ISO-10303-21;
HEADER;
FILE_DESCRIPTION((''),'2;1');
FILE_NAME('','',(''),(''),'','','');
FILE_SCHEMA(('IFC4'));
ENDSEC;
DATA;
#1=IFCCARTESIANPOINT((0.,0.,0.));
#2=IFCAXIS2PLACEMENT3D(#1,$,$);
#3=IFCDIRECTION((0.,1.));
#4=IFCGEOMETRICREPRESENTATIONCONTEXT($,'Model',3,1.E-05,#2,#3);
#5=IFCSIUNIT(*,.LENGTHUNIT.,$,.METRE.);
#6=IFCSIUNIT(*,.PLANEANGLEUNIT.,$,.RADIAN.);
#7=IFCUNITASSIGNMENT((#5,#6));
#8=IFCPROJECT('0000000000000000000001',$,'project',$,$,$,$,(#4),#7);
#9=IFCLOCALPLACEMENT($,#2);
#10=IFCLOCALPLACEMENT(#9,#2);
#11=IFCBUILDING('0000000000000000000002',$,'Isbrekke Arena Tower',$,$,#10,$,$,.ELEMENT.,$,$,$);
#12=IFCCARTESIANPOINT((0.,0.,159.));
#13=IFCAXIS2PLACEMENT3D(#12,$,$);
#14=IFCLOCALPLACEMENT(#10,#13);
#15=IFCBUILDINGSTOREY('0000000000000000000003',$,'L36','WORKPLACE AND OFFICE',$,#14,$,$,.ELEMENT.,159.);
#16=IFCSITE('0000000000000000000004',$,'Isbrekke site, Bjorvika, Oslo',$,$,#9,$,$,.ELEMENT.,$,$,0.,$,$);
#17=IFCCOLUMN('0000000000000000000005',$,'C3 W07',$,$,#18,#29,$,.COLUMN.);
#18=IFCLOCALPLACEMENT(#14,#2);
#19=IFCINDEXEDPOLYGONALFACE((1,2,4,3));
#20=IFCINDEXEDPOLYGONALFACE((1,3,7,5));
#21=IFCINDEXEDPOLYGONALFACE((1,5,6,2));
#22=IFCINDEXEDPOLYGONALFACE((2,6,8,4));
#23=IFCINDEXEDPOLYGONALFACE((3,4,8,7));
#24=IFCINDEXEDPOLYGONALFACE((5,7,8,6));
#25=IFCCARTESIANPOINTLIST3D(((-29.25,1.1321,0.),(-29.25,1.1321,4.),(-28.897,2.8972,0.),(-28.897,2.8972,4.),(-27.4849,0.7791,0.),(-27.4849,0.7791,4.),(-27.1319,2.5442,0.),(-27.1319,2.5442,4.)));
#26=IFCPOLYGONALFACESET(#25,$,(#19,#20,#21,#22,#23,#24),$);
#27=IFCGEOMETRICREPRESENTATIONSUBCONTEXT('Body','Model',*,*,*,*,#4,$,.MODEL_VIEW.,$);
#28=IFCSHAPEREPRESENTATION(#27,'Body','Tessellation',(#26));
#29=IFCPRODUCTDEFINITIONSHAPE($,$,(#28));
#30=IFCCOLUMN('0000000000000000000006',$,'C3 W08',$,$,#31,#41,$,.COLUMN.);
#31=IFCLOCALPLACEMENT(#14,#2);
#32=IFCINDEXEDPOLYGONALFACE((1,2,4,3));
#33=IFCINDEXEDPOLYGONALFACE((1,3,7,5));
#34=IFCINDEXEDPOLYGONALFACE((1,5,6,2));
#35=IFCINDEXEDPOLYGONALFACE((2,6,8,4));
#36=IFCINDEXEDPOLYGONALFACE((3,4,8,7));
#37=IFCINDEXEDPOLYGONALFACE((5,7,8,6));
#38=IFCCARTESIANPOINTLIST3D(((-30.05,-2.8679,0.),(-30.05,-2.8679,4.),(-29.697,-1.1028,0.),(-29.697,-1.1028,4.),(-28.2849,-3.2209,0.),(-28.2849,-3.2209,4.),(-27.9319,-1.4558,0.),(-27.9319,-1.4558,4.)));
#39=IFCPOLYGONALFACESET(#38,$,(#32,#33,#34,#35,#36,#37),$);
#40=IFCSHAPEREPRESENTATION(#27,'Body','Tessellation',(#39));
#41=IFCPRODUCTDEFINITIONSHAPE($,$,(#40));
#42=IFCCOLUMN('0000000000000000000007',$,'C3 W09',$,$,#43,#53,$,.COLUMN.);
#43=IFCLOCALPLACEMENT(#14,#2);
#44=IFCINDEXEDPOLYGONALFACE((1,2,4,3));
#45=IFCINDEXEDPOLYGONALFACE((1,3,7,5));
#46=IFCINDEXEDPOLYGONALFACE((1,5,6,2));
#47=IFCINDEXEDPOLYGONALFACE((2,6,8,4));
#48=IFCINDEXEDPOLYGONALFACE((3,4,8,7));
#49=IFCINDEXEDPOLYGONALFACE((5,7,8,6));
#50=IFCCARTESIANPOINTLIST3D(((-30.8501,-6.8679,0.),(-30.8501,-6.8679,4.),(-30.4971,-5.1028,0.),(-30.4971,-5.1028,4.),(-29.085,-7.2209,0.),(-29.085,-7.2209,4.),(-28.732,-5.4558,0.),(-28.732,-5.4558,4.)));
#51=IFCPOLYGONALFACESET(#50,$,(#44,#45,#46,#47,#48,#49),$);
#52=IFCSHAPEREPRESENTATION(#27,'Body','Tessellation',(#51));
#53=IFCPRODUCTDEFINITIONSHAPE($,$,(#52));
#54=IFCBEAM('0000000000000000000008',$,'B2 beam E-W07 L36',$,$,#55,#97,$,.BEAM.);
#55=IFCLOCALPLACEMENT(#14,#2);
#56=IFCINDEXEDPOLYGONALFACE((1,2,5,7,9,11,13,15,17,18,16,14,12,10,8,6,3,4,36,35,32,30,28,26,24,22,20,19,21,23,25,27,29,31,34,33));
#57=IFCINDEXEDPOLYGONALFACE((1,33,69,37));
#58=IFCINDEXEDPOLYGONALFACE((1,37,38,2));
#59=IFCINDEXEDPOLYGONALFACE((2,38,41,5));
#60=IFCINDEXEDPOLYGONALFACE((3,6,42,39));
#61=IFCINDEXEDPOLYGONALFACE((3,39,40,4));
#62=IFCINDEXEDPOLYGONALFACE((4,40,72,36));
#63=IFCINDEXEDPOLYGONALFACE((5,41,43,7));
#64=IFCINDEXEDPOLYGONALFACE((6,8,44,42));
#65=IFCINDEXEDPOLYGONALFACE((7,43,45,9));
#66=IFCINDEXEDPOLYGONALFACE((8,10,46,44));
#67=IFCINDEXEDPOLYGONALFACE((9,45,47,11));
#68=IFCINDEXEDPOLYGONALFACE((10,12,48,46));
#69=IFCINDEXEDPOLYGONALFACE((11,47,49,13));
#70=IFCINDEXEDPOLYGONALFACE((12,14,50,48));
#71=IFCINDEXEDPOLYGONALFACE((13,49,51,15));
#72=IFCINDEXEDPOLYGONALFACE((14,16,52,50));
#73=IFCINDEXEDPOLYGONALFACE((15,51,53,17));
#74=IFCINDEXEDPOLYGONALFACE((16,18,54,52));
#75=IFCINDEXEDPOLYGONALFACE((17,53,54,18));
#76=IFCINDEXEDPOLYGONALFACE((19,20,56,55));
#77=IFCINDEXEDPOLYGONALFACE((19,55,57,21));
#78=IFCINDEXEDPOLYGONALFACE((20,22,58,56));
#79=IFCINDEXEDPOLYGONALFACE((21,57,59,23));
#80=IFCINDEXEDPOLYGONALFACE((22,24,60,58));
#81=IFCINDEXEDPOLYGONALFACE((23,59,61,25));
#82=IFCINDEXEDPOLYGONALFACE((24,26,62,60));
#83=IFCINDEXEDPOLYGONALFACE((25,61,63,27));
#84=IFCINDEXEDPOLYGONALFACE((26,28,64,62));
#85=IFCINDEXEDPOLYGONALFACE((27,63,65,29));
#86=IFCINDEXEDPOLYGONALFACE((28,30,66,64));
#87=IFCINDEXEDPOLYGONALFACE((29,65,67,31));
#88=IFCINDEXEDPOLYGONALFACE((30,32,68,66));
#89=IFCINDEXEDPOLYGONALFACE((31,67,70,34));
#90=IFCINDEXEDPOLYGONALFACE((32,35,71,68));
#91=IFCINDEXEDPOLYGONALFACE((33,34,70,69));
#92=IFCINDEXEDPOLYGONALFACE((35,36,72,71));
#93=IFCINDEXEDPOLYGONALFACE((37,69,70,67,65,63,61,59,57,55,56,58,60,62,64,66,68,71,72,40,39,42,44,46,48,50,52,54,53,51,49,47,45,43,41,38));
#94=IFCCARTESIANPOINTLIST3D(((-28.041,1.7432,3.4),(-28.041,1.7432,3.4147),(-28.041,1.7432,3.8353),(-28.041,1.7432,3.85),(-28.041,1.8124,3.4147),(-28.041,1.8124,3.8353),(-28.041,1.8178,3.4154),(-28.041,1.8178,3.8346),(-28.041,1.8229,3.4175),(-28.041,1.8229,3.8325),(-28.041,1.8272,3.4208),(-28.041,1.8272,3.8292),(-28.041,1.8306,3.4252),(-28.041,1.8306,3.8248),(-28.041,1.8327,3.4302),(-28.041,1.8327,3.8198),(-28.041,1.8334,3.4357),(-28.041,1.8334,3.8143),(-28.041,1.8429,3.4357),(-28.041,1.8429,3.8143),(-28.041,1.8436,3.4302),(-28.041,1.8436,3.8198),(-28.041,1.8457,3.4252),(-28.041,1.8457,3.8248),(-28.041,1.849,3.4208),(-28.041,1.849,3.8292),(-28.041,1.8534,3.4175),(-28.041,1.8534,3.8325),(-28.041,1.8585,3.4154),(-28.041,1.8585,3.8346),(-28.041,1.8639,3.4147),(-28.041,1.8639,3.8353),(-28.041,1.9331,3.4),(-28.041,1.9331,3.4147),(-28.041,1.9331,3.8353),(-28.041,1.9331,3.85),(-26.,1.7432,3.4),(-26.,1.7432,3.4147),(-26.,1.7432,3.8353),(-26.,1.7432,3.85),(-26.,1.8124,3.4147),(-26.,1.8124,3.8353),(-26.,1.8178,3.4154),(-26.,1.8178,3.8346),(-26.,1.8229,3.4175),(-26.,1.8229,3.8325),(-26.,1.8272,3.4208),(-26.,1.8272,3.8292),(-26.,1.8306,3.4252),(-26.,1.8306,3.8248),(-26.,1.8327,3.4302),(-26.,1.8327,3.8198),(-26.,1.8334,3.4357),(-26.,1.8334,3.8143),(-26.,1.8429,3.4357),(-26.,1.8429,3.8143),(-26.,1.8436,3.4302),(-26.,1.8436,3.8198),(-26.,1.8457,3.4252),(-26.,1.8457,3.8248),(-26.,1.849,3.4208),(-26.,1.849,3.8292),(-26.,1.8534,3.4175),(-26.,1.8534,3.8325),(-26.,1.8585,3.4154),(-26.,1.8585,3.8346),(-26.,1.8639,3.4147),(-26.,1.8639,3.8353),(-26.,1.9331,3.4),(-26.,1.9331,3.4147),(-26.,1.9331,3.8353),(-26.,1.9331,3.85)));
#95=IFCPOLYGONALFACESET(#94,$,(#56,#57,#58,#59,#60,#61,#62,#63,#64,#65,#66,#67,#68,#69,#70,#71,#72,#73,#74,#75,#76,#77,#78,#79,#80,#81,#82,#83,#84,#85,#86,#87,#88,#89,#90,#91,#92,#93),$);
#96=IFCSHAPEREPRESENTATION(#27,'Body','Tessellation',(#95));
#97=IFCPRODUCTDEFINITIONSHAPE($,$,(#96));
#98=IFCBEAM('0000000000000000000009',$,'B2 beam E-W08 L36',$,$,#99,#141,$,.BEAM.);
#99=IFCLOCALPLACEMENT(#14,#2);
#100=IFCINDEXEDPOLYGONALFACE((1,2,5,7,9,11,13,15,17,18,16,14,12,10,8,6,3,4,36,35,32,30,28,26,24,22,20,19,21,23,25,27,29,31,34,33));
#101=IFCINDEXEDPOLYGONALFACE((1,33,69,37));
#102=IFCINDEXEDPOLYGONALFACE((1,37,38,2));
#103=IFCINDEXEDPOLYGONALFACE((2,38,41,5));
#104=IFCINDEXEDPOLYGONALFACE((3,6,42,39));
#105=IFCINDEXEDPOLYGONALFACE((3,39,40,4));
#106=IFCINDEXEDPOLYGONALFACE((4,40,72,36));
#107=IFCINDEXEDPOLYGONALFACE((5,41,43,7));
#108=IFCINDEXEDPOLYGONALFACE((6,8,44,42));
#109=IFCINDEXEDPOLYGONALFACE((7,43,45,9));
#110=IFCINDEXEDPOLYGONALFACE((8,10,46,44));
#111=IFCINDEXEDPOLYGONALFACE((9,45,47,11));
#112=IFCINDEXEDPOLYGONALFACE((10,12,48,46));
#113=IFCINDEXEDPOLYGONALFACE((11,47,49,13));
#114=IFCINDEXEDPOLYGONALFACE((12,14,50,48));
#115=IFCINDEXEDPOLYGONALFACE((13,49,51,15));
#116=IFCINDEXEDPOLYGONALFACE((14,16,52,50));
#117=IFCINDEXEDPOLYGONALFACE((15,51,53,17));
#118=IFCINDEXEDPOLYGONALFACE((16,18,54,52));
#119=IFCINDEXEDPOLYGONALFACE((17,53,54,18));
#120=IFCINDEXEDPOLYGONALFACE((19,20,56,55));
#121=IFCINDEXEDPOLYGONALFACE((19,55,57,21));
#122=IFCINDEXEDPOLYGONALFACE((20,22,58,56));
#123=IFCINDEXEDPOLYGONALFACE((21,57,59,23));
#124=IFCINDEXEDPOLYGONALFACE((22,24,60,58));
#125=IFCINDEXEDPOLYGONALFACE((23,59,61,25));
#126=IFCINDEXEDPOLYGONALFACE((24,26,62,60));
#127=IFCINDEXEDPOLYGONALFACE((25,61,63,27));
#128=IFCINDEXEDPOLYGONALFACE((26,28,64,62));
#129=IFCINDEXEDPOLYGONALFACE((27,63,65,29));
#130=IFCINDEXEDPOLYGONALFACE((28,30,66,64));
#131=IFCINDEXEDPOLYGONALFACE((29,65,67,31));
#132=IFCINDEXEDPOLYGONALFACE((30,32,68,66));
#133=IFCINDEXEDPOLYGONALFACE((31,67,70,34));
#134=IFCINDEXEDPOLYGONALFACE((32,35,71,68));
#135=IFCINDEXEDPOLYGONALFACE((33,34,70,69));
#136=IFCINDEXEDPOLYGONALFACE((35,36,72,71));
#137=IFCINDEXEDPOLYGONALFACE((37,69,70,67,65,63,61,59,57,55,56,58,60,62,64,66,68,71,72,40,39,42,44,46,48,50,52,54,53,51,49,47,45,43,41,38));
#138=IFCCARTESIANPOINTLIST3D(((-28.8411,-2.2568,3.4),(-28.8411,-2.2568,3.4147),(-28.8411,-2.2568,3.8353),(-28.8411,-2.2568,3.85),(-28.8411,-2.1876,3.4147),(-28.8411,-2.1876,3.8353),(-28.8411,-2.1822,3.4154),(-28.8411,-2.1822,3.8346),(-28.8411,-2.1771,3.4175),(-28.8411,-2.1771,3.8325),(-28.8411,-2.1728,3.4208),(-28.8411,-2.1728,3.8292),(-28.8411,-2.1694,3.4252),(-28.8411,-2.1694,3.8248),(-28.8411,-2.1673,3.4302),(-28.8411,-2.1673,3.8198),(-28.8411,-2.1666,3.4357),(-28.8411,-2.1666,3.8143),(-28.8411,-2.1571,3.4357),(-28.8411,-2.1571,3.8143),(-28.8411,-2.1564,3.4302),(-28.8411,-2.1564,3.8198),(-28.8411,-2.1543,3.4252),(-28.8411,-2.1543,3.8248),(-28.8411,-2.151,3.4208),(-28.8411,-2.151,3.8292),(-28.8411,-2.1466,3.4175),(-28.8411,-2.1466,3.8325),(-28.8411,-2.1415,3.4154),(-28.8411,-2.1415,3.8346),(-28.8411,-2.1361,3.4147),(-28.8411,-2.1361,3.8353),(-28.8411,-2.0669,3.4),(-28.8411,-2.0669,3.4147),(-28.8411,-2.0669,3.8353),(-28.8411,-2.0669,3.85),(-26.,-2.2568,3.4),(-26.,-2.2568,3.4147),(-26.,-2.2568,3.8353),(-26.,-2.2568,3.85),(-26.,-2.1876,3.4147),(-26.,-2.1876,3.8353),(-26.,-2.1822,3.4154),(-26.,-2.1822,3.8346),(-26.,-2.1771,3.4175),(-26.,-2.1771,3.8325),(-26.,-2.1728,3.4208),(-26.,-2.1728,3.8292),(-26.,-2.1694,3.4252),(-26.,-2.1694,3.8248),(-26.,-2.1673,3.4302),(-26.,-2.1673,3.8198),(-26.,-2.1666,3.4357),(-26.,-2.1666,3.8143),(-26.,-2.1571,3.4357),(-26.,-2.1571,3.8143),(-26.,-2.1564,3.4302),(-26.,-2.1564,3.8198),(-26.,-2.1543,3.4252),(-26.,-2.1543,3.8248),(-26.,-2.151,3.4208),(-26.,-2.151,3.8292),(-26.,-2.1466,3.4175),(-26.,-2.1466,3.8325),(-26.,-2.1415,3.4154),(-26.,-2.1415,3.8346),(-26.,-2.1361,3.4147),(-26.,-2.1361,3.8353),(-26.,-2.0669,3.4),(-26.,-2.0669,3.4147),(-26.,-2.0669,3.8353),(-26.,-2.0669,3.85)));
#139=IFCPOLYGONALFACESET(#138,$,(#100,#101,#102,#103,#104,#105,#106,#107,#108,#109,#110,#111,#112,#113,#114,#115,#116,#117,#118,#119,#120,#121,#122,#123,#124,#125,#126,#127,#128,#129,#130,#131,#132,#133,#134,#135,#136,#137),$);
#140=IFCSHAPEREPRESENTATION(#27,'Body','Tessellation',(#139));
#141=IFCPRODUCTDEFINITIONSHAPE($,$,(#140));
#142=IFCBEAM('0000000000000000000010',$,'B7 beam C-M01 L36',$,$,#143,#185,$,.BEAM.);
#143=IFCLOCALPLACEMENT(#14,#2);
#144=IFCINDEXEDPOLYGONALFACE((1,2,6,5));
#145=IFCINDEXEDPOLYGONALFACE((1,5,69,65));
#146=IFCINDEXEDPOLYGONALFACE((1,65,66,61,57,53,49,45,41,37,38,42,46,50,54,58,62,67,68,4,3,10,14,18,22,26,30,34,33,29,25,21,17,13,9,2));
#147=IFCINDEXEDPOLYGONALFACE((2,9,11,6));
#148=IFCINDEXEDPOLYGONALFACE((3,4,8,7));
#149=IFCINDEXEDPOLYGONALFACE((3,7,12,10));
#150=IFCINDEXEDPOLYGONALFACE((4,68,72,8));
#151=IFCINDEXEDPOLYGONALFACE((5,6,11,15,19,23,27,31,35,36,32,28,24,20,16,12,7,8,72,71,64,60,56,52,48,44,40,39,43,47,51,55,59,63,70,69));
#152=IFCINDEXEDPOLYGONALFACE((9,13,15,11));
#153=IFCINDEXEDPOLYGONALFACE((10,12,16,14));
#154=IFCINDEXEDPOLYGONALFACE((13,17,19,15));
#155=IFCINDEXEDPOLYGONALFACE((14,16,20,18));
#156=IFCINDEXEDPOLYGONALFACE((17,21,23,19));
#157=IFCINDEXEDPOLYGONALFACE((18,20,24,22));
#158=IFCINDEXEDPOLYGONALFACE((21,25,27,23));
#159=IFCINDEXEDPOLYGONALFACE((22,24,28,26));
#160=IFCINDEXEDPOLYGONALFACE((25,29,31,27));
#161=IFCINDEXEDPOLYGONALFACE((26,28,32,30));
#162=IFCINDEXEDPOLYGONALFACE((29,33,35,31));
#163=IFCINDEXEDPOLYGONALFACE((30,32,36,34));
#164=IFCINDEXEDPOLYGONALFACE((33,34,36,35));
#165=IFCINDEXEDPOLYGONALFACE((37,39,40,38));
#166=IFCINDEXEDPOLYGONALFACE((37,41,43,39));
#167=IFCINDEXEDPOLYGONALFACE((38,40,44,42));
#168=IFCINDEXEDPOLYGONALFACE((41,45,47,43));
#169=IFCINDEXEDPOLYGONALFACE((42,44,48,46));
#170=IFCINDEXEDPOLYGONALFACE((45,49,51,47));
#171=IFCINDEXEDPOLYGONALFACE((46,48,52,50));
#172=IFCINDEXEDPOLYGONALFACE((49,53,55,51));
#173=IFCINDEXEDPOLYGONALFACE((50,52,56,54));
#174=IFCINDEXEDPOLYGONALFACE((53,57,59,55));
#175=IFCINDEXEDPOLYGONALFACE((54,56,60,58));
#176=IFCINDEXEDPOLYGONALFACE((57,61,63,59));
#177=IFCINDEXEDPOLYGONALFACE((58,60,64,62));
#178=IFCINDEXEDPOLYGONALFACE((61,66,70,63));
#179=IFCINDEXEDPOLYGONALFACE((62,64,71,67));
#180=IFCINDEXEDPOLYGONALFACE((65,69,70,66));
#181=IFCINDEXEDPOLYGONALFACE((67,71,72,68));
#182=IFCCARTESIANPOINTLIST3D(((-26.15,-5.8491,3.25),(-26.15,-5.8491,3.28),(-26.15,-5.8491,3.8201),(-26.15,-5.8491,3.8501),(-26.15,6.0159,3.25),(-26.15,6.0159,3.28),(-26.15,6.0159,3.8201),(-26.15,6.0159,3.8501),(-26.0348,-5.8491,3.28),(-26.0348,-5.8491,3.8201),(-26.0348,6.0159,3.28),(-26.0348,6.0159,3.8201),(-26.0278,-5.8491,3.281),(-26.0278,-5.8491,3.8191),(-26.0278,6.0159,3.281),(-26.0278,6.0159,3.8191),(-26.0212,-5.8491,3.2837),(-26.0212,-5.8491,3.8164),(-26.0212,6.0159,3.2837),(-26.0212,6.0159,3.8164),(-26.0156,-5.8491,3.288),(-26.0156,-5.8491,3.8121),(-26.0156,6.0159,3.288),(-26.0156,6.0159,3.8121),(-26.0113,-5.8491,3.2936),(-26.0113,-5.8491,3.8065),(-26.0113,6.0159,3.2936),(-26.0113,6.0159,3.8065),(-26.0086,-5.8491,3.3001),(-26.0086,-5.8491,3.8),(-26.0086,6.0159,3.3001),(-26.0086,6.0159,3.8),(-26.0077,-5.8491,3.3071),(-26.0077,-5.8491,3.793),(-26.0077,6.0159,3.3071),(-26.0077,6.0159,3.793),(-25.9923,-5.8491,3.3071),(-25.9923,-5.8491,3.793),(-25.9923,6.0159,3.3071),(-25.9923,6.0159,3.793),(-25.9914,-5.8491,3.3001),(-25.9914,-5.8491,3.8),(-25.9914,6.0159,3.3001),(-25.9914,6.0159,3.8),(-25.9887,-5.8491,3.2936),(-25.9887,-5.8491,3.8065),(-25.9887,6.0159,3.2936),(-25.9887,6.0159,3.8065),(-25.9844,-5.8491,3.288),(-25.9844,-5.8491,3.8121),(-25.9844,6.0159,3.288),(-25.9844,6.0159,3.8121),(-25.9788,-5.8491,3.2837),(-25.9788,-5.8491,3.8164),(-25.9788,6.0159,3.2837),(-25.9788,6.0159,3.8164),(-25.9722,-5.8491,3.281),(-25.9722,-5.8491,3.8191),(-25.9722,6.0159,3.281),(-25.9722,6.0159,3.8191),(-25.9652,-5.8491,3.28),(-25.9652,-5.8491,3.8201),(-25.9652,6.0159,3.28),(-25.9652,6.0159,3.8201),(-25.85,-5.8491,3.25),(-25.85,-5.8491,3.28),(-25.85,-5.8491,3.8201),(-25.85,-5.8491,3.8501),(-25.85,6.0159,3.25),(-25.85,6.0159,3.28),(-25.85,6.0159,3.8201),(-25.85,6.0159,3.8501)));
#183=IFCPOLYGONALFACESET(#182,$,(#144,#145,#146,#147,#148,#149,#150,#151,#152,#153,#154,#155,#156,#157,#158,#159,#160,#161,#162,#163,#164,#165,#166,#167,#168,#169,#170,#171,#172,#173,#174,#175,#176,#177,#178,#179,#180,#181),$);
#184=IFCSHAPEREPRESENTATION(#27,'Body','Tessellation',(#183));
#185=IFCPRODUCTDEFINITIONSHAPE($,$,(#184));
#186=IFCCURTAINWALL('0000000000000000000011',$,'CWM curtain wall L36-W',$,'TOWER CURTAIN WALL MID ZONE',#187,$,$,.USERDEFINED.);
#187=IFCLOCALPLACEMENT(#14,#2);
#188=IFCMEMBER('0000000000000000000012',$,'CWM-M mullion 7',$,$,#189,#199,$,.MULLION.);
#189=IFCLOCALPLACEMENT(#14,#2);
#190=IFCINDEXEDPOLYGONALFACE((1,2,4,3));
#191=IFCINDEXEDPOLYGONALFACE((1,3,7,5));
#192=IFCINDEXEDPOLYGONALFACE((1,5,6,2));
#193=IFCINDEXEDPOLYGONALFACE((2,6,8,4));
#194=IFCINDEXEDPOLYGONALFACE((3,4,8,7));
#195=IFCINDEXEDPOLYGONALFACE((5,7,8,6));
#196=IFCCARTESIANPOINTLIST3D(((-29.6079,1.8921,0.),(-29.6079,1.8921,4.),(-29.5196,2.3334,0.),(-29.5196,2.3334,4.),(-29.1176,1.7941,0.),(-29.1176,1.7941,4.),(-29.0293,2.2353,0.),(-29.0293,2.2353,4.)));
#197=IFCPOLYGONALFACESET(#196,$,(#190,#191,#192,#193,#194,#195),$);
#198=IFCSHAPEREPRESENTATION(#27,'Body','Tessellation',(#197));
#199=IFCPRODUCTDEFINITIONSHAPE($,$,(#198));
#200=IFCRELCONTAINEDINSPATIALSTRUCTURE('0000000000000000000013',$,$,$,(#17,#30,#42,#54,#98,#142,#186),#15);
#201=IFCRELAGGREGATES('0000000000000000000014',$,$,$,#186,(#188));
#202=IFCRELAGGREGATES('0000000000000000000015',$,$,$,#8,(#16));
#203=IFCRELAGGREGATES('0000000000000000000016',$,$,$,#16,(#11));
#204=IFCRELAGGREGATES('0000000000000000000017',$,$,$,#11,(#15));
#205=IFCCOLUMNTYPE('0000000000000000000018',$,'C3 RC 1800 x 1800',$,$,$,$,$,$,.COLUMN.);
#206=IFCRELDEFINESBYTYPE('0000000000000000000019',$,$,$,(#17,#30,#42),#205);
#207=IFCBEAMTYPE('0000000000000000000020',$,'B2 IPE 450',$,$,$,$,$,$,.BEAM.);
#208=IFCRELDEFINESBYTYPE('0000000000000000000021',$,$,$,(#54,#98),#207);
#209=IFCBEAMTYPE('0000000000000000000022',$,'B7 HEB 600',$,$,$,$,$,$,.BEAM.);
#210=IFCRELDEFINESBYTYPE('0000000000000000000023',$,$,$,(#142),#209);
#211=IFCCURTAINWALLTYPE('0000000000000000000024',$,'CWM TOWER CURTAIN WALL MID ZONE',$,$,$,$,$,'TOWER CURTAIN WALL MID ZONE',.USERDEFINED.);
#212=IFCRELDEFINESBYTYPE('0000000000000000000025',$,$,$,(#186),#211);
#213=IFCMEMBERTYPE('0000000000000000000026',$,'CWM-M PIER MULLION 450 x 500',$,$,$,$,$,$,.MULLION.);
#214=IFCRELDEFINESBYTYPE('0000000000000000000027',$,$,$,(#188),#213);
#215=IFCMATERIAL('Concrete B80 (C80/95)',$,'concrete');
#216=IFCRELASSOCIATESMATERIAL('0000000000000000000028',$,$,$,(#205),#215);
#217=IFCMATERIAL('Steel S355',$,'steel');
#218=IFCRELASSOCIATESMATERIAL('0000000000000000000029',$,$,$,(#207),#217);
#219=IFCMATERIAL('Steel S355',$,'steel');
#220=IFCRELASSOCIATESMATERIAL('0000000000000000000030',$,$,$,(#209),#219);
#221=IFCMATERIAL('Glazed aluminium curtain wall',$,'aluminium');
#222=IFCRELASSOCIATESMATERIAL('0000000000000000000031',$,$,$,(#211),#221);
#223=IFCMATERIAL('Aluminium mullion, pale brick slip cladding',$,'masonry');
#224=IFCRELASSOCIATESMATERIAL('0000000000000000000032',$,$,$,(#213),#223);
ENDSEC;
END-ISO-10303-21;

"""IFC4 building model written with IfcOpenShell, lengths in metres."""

from ifc_helpers import new_model, si_unit, direction, frame, origin, origin_2d, place, context, subcontext, project, spatial, rectangle, i_section, extrude, material, material_profile, profile_set, type_object, element, aggregate, save


model = new_model("IFC4")

# Units and contexts
model_context = context("Model", 3, precision=1e-05, world=origin(), true_north=direction((0.0, 1.0)))
body_context = subcontext(model_context, "Body", "Model", "MODEL_VIEW")
ifc_project = project(units=[si_unit("LENGTHUNIT", "METRE"), si_unit("PLANEANGLEUNIT", "RADIAN")], contexts=[model_context])

# Site, building, storey
site_placement = place(None, origin())
site = spatial("IfcSite", under=ifc_project, at=site_placement, Name="Isbrekke site, Bjorvika, Oslo", CompositionType="ELEMENT", RefElevation=0.0)
building_placement = place(site_placement, origin())
building = spatial("IfcBuilding", under=site, at=building_placement, Name="Isbrekke Arena Tower", CompositionType="ELEMENT")
storey_placement = place(building_placement, frame((0.0, 0.0, 159.0)))
storey = spatial("IfcBuildingStorey", under=building, at=storey_placement, Name="L36", Description="WORKPLACE AND OFFICE", CompositionType="ELEMENT", Elevation=159.0)

# Columns
ifc_material_1 = material(Name="Concrete B80 (C80/95)", Category="concrete")
ifc_material_profile_1 = material_profile(ifc_material_1, rectangle(XDim=1.8, YDim=1.8, at=origin_2d()), Name="RC 1800x1800")
ifc_profile_set_1 = profile_set([ifc_material_profile_1], Name="Concrete B80 (C80/95)")
column_type = type_object("IfcColumnType", Name="C3 RC 1800 x 1800", PredefinedType="COLUMN", material=ifc_profile_set_1)
for number, where, z_axis, x_axis, name in (
    (1, (-28.1909, 1.8381, 0.0), (0.0, 0.0, 1.0), (-0.196116, -0.980581, 0.0), "C3 W07"),
    (2, (-28.991, -2.1619, 0.0), (0.0, 0.0, 1.0), (-0.196116, -0.980581, 0.0), "C3 W08"),
    (3, (-29.791, -6.1619, 0.0), (0.0, 0.0, 1.0), (-0.196116, -0.980581, 0.0), "C3 W09"),
):
    element("IfcColumn", number, at=place(storey_placement, frame(where, z_axis=z_axis, x_axis=x_axis)), inside=storey, type_object=column_type, Name=name, PredefinedType="COLUMN", context=body_context, shape_type="SweptSolid", body=[
        extrude(rectangle(XDim=1.8, YDim=1.8, at=origin_2d()), origin(), (0.0, 0.0, 1.0), 4.0),
    ])

# Beams
ifc_material_2 = material(Name="Steel S355", Category="steel")
ifc_material_profile_2 = material_profile(ifc_material_2, i_section(OverallWidth=0.1899, OverallDepth=0.45, WebThickness=0.0095, FlangeThickness=0.0146, FilletRadius=0.021, at=origin_2d()), Name="IPE 450")
ifc_profile_set_2 = profile_set([ifc_material_profile_2], Name="Steel S355")
beam_type_1 = type_object("IfcBeamType", Name="B2 IPE 450", PredefinedType="BEAM", material=ifc_profile_set_2)
beam_1_placement = place(storey_placement, frame((-28.041, 1.8381, 3.625), z_axis=(1.0, 0.0, 0.0), x_axis=(0.0, 1.0, 0.0)))
element("IfcBeam", 4, at=beam_1_placement, inside=storey, type_object=beam_type_1, Name="B2 beam E-W07 L36", PredefinedType="BEAM", context=body_context, shape_type="SweptSolid", body=[
    extrude(i_section(OverallWidth=0.1899, OverallDepth=0.45, WebThickness=0.0095, FlangeThickness=0.0146, FilletRadius=0.021, at=origin_2d()), origin(), (0.0, 0.0, 1.0), 2.041),
])
beam_2_placement = place(storey_placement, frame((-28.8411, -2.1619, 3.625), z_axis=(1.0, 0.0, 0.0), x_axis=(0.0, 1.0, 0.0)))
element("IfcBeam", 5, at=beam_2_placement, inside=storey, type_object=beam_type_1, Name="B2 beam E-W08 L36", PredefinedType="BEAM", context=body_context, shape_type="SweptSolid", body=[
    extrude(i_section(OverallWidth=0.1899, OverallDepth=0.45, WebThickness=0.0095, FlangeThickness=0.0146, FilletRadius=0.021, at=origin_2d()), origin(), (0.0, 0.0, 1.0), 2.8411),
])
ifc_material_3 = material(Name="Steel S355", Category="steel")
ifc_material_profile_3 = material_profile(ifc_material_3, i_section(OverallWidth=0.3, OverallDepth=0.6001, WebThickness=0.0154, FlangeThickness=0.03, FilletRadius=0.0271, at=origin_2d()), Name="HEB 600")
ifc_profile_set_3 = profile_set([ifc_material_profile_3], Name="Steel S355")
beam_type_2 = type_object("IfcBeamType", Name="B7 HEB 600", PredefinedType="BEAM", material=ifc_profile_set_3)
beam_3_placement = place(storey_placement, frame((-26.0, -5.8491, 3.55), z_axis=(0.0, 1.0, 0.0), x_axis=(-1.0, 0.0, 0.0)))
element("IfcBeam", 6, at=beam_3_placement, inside=storey, type_object=beam_type_2, Name="B7 beam C-M01 L36", PredefinedType="BEAM", context=body_context, shape_type="SweptSolid", body=[
    extrude(i_section(OverallWidth=0.3, OverallDepth=0.6001, WebThickness=0.0154, FlangeThickness=0.03, FilletRadius=0.0271, at=origin_2d()), origin(), (0.0, 0.0, 1.0), 11.865),
])

# Curtain wall, member
ifc_material_4 = material(Name="Glazed aluminium curtain wall", Category="aluminium")
curtain_wall_type = type_object("IfcCurtainWallType", Name="CWM TOWER CURTAIN WALL MID ZONE", ElementType="TOWER CURTAIN WALL MID ZONE", PredefinedType="USERDEFINED", material=ifc_material_4)
curtain_wall_placement = place(storey_placement, origin())
curtain_wall = element("IfcCurtainWall", 7, at=curtain_wall_placement, inside=storey, type_object=curtain_wall_type, Name="CWM curtain wall L36-W", ObjectType="TOWER CURTAIN WALL MID ZONE", PredefinedType="USERDEFINED")
ifc_material_5 = material(Name="Aluminium mullion, pale brick slip cladding", Category="masonry")
ifc_material_profile_4 = material_profile(ifc_material_5, rectangle(XDim=0.45, YDim=0.5, at=origin_2d()), Name="PIER 450X500")
ifc_profile_set_4 = profile_set([ifc_material_profile_4], Name="Aluminium mullion, pale brick slip cladding")
member_type_1 = type_object("IfcMemberType", Name="CWM-M PIER MULLION 450 x 500", PredefinedType="MULLION", material=ifc_profile_set_4)
member_1_placement = place(storey_placement, frame((-29.3186, 2.0637, 0.0), z_axis=(0.0, 0.0, 1.0), x_axis=(-0.196116, -0.980581, 0.0)))
member_1 = element("IfcMember", 8, at=member_1_placement, type_object=member_type_1, Name="CWM-M mullion 7", PredefinedType="MULLION", context=body_context, shape_type="SweptSolid", body=[
    extrude(rectangle(XDim=0.45, YDim=0.5, at=origin_2d()), origin(), (0.0, 0.0, 1.0), 4.0),
])

aggregate(curtain_wall, [member_1])

save(model, "model.ifc")
